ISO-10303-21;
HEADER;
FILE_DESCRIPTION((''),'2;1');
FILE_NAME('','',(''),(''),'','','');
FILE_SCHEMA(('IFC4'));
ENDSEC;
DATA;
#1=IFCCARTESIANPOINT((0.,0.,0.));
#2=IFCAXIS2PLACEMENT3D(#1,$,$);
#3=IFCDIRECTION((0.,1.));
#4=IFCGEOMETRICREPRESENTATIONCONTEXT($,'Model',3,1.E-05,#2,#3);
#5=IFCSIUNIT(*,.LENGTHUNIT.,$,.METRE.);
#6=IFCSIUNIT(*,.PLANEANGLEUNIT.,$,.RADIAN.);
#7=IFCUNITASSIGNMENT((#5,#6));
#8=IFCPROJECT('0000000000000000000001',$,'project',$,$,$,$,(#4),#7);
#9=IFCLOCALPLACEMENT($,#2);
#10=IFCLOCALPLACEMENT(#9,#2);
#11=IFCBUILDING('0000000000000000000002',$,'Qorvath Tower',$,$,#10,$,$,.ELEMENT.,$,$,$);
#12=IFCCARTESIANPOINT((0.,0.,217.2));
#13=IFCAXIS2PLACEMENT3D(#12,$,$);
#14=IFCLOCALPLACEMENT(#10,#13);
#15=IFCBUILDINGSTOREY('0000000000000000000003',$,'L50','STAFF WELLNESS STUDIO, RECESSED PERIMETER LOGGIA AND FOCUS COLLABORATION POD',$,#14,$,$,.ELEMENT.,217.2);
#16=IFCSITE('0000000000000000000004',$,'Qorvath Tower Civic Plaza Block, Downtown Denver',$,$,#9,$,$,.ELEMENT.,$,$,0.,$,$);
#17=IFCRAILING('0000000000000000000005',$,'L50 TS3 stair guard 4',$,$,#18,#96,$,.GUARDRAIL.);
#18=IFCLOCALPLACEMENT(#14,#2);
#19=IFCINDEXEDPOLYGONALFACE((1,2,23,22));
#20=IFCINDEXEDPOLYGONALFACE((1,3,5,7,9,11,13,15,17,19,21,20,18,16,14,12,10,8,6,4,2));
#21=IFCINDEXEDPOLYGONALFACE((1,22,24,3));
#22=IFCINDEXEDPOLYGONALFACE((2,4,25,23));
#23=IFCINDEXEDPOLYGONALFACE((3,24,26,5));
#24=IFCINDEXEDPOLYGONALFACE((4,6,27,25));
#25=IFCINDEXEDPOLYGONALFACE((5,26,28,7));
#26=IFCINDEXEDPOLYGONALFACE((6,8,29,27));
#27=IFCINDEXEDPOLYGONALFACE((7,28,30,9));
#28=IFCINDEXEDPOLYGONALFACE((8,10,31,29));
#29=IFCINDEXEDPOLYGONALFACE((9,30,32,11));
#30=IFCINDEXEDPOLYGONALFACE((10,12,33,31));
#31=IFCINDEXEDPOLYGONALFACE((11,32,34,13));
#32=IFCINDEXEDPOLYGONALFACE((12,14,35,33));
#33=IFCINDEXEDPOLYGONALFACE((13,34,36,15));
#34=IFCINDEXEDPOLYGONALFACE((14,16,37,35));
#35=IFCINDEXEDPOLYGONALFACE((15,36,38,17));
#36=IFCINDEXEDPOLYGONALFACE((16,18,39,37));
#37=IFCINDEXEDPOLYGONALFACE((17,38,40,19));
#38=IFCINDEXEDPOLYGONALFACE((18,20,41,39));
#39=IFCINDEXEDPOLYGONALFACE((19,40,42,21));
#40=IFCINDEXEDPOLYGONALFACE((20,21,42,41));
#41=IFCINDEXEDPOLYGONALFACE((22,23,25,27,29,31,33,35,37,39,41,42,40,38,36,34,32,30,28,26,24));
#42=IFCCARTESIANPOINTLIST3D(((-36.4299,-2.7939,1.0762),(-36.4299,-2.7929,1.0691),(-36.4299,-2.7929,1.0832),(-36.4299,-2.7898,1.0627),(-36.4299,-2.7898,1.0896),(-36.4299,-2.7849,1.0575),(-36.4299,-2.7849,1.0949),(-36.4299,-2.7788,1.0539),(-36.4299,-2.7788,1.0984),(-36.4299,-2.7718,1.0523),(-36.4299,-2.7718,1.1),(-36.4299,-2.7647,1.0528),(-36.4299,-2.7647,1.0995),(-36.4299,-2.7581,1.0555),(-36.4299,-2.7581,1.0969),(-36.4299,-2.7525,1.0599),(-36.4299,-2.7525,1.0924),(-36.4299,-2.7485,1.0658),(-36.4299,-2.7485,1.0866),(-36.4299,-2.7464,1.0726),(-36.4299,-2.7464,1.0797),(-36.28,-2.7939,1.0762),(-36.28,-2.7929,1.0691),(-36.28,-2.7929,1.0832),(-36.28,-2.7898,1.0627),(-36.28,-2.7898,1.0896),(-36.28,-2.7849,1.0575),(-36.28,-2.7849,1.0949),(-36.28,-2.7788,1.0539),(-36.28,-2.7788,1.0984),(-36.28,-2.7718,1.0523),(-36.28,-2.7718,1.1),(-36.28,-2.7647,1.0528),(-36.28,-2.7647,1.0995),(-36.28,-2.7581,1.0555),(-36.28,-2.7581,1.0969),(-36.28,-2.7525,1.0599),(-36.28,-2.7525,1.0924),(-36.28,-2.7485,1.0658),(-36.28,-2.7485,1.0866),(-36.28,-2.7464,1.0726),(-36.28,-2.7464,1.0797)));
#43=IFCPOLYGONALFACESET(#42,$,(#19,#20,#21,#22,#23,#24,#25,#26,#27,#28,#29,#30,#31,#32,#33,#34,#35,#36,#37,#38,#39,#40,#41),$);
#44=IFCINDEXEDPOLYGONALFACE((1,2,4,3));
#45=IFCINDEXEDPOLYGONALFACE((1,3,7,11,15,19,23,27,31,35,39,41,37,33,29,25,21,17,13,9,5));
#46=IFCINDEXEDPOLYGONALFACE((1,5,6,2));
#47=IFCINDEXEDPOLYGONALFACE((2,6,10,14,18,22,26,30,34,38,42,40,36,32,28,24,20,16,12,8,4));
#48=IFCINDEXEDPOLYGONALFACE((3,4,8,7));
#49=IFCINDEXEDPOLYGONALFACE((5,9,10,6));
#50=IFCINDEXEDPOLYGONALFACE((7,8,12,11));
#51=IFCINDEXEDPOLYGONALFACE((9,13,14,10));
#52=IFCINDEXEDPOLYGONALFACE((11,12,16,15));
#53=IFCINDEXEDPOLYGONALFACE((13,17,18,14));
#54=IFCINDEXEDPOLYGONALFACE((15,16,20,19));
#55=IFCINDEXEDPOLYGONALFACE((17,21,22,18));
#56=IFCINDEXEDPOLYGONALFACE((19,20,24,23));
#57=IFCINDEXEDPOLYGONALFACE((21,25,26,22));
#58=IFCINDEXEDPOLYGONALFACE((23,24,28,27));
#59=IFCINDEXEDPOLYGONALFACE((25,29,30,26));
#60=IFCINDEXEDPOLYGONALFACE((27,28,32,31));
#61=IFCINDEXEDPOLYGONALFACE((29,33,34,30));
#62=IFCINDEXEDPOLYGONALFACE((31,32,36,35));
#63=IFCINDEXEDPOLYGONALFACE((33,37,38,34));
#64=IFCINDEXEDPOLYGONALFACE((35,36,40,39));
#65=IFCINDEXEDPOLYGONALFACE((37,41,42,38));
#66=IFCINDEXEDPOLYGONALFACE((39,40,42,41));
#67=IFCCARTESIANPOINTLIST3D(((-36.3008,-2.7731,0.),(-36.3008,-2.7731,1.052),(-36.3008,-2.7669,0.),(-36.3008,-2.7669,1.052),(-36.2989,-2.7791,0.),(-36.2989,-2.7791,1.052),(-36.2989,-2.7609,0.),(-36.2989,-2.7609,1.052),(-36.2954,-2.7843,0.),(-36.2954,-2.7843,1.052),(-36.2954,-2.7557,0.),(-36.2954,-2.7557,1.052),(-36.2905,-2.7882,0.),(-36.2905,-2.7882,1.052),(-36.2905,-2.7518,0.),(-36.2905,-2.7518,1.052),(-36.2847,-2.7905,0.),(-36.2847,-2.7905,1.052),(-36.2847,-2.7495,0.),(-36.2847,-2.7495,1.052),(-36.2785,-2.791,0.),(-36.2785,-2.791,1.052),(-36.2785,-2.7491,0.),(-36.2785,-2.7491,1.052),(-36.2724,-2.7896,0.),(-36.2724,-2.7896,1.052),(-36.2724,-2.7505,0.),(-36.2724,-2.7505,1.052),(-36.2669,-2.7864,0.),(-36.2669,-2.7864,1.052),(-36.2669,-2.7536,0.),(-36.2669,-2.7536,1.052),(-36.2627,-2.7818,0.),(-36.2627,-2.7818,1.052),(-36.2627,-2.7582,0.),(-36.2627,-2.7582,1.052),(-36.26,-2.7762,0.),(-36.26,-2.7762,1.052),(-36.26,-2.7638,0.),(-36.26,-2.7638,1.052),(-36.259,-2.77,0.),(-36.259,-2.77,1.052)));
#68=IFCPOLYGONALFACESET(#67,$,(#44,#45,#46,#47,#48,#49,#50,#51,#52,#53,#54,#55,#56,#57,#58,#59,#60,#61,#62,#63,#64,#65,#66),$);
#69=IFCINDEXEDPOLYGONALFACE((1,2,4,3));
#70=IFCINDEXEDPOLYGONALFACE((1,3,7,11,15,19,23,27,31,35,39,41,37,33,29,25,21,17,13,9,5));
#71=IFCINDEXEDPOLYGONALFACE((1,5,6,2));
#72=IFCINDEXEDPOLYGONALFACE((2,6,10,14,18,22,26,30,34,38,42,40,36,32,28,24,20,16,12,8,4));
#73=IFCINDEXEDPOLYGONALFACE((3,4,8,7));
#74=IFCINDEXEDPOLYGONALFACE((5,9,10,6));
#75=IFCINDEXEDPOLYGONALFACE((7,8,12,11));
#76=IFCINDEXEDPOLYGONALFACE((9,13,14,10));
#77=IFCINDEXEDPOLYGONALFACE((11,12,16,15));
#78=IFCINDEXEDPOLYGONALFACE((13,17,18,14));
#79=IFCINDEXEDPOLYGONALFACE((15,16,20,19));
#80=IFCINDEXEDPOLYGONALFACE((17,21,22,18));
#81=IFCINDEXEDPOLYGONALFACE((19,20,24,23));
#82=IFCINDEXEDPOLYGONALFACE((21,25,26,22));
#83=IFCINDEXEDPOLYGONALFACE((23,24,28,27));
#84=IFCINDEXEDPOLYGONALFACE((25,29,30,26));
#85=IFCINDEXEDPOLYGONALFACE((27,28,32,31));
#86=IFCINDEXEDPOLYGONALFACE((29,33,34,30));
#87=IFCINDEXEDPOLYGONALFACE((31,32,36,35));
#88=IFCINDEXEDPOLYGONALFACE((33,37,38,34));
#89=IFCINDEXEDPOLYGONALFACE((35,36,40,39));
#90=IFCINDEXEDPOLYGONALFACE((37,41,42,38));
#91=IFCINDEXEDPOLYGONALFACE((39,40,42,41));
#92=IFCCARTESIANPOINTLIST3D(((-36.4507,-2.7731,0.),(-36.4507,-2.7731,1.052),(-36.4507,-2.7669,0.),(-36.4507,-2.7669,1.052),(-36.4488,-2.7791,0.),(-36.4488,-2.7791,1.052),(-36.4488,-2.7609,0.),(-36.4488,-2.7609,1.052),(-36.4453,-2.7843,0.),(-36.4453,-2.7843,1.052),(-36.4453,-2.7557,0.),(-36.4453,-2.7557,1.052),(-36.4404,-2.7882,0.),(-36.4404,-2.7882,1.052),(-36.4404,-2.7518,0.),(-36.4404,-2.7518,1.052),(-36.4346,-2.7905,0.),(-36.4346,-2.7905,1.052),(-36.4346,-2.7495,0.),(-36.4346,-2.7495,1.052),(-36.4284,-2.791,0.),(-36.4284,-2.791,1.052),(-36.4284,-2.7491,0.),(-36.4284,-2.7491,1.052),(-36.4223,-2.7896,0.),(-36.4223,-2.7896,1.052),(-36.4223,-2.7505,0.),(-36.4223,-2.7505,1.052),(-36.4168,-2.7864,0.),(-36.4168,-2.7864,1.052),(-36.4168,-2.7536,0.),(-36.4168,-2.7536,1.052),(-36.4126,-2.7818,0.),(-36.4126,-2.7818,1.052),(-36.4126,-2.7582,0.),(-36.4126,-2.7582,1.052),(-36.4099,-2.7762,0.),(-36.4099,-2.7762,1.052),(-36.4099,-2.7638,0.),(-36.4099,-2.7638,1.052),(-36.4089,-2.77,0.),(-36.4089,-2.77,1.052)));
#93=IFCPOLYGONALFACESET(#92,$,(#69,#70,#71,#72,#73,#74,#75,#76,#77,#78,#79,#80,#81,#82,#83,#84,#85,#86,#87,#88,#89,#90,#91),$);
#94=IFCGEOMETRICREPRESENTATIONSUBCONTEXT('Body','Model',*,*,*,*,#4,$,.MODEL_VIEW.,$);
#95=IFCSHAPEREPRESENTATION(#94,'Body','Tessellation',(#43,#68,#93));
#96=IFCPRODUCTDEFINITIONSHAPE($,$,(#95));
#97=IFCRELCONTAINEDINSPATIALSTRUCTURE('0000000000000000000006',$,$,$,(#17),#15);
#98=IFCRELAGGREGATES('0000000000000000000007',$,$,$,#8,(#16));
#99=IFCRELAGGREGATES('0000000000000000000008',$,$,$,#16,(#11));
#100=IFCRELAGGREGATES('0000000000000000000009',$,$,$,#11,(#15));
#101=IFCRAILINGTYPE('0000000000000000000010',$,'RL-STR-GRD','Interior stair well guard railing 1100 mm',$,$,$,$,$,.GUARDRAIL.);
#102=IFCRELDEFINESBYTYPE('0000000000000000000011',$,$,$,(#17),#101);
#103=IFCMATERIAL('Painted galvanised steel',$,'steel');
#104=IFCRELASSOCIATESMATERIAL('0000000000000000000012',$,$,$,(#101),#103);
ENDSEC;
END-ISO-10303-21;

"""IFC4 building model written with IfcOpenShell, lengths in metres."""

from ifc_helpers import new_model, si_unit, direction, frame, origin, origin_2d, place, context, subcontext, project, spatial, circle, extrude, material, type_object, element, save


model = new_model("IFC4")

# Units and contexts
model_context = context("Model", 3, precision=1e-05, world=origin(), true_north=direction((0.0, 1.0)))
body_context = subcontext(model_context, "Body", "Model", "MODEL_VIEW")
ifc_project = project(units=[si_unit("LENGTHUNIT", "METRE"), si_unit("PLANEANGLEUNIT", "RADIAN")], contexts=[model_context])

# Site, building, storey
site_placement = place(None, origin())
site = spatial("IfcSite", under=ifc_project, at=site_placement, Name="Qorvath Tower Civic Plaza Block, Downtown Denver", CompositionType="ELEMENT", RefElevation=0.0)
building_placement = place(site_placement, origin())
building = spatial("IfcBuilding", under=site, at=building_placement, Name="Qorvath Tower", CompositionType="ELEMENT")
storey_placement = place(building_placement, frame((0.0, 0.0, 217.2)))
storey = spatial("IfcBuildingStorey", under=building, at=storey_placement, Name="L50", Description="STAFF WELLNESS STUDIO, RECESSED PERIMETER LOGGIA AND FOCUS COLLABORATION POD", CompositionType="ELEMENT", Elevation=217.2)

# Railing
ifc_material_1 = material(Name="Painted galvanised steel", Category="steel")
railing_type_1 = type_object("IfcRailingType", Name="RL-STR-GRD", Description="Interior stair well guard railing 1100 mm", PredefinedType="GUARDRAIL", material=ifc_material_1)
railing_1_placement = place(storey_placement, frame((-36.28, -2.77, 0.0)))
element("IfcRailing", 1, at=railing_1_placement, inside=storey, type_object=railing_type_1, Name="L50 TS3 stair guard 4", PredefinedType="GUARDRAIL", context=body_context, shape_type="SweptSolid", body=[
    extrude(circle(Radius=0.0239, at=origin_2d()), frame((0.0, 0.0, 1.0762), z_axis=(-1.0, 0.0, 0.0), x_axis=(0.0, -1.0, 0.0)), (0.0, 0.0, 1.0), 0.1499),
    extrude(circle(Radius=0.021, at=origin_2d()), origin(), (0.0, 0.0, 1.0), 1.052),
    extrude(circle(Radius=0.021, at=origin_2d()), frame((-0.1499, 0.0, 0.0)), (0.0, 0.0, 1.0), 1.052),
])

save(model, "model.ifc")
